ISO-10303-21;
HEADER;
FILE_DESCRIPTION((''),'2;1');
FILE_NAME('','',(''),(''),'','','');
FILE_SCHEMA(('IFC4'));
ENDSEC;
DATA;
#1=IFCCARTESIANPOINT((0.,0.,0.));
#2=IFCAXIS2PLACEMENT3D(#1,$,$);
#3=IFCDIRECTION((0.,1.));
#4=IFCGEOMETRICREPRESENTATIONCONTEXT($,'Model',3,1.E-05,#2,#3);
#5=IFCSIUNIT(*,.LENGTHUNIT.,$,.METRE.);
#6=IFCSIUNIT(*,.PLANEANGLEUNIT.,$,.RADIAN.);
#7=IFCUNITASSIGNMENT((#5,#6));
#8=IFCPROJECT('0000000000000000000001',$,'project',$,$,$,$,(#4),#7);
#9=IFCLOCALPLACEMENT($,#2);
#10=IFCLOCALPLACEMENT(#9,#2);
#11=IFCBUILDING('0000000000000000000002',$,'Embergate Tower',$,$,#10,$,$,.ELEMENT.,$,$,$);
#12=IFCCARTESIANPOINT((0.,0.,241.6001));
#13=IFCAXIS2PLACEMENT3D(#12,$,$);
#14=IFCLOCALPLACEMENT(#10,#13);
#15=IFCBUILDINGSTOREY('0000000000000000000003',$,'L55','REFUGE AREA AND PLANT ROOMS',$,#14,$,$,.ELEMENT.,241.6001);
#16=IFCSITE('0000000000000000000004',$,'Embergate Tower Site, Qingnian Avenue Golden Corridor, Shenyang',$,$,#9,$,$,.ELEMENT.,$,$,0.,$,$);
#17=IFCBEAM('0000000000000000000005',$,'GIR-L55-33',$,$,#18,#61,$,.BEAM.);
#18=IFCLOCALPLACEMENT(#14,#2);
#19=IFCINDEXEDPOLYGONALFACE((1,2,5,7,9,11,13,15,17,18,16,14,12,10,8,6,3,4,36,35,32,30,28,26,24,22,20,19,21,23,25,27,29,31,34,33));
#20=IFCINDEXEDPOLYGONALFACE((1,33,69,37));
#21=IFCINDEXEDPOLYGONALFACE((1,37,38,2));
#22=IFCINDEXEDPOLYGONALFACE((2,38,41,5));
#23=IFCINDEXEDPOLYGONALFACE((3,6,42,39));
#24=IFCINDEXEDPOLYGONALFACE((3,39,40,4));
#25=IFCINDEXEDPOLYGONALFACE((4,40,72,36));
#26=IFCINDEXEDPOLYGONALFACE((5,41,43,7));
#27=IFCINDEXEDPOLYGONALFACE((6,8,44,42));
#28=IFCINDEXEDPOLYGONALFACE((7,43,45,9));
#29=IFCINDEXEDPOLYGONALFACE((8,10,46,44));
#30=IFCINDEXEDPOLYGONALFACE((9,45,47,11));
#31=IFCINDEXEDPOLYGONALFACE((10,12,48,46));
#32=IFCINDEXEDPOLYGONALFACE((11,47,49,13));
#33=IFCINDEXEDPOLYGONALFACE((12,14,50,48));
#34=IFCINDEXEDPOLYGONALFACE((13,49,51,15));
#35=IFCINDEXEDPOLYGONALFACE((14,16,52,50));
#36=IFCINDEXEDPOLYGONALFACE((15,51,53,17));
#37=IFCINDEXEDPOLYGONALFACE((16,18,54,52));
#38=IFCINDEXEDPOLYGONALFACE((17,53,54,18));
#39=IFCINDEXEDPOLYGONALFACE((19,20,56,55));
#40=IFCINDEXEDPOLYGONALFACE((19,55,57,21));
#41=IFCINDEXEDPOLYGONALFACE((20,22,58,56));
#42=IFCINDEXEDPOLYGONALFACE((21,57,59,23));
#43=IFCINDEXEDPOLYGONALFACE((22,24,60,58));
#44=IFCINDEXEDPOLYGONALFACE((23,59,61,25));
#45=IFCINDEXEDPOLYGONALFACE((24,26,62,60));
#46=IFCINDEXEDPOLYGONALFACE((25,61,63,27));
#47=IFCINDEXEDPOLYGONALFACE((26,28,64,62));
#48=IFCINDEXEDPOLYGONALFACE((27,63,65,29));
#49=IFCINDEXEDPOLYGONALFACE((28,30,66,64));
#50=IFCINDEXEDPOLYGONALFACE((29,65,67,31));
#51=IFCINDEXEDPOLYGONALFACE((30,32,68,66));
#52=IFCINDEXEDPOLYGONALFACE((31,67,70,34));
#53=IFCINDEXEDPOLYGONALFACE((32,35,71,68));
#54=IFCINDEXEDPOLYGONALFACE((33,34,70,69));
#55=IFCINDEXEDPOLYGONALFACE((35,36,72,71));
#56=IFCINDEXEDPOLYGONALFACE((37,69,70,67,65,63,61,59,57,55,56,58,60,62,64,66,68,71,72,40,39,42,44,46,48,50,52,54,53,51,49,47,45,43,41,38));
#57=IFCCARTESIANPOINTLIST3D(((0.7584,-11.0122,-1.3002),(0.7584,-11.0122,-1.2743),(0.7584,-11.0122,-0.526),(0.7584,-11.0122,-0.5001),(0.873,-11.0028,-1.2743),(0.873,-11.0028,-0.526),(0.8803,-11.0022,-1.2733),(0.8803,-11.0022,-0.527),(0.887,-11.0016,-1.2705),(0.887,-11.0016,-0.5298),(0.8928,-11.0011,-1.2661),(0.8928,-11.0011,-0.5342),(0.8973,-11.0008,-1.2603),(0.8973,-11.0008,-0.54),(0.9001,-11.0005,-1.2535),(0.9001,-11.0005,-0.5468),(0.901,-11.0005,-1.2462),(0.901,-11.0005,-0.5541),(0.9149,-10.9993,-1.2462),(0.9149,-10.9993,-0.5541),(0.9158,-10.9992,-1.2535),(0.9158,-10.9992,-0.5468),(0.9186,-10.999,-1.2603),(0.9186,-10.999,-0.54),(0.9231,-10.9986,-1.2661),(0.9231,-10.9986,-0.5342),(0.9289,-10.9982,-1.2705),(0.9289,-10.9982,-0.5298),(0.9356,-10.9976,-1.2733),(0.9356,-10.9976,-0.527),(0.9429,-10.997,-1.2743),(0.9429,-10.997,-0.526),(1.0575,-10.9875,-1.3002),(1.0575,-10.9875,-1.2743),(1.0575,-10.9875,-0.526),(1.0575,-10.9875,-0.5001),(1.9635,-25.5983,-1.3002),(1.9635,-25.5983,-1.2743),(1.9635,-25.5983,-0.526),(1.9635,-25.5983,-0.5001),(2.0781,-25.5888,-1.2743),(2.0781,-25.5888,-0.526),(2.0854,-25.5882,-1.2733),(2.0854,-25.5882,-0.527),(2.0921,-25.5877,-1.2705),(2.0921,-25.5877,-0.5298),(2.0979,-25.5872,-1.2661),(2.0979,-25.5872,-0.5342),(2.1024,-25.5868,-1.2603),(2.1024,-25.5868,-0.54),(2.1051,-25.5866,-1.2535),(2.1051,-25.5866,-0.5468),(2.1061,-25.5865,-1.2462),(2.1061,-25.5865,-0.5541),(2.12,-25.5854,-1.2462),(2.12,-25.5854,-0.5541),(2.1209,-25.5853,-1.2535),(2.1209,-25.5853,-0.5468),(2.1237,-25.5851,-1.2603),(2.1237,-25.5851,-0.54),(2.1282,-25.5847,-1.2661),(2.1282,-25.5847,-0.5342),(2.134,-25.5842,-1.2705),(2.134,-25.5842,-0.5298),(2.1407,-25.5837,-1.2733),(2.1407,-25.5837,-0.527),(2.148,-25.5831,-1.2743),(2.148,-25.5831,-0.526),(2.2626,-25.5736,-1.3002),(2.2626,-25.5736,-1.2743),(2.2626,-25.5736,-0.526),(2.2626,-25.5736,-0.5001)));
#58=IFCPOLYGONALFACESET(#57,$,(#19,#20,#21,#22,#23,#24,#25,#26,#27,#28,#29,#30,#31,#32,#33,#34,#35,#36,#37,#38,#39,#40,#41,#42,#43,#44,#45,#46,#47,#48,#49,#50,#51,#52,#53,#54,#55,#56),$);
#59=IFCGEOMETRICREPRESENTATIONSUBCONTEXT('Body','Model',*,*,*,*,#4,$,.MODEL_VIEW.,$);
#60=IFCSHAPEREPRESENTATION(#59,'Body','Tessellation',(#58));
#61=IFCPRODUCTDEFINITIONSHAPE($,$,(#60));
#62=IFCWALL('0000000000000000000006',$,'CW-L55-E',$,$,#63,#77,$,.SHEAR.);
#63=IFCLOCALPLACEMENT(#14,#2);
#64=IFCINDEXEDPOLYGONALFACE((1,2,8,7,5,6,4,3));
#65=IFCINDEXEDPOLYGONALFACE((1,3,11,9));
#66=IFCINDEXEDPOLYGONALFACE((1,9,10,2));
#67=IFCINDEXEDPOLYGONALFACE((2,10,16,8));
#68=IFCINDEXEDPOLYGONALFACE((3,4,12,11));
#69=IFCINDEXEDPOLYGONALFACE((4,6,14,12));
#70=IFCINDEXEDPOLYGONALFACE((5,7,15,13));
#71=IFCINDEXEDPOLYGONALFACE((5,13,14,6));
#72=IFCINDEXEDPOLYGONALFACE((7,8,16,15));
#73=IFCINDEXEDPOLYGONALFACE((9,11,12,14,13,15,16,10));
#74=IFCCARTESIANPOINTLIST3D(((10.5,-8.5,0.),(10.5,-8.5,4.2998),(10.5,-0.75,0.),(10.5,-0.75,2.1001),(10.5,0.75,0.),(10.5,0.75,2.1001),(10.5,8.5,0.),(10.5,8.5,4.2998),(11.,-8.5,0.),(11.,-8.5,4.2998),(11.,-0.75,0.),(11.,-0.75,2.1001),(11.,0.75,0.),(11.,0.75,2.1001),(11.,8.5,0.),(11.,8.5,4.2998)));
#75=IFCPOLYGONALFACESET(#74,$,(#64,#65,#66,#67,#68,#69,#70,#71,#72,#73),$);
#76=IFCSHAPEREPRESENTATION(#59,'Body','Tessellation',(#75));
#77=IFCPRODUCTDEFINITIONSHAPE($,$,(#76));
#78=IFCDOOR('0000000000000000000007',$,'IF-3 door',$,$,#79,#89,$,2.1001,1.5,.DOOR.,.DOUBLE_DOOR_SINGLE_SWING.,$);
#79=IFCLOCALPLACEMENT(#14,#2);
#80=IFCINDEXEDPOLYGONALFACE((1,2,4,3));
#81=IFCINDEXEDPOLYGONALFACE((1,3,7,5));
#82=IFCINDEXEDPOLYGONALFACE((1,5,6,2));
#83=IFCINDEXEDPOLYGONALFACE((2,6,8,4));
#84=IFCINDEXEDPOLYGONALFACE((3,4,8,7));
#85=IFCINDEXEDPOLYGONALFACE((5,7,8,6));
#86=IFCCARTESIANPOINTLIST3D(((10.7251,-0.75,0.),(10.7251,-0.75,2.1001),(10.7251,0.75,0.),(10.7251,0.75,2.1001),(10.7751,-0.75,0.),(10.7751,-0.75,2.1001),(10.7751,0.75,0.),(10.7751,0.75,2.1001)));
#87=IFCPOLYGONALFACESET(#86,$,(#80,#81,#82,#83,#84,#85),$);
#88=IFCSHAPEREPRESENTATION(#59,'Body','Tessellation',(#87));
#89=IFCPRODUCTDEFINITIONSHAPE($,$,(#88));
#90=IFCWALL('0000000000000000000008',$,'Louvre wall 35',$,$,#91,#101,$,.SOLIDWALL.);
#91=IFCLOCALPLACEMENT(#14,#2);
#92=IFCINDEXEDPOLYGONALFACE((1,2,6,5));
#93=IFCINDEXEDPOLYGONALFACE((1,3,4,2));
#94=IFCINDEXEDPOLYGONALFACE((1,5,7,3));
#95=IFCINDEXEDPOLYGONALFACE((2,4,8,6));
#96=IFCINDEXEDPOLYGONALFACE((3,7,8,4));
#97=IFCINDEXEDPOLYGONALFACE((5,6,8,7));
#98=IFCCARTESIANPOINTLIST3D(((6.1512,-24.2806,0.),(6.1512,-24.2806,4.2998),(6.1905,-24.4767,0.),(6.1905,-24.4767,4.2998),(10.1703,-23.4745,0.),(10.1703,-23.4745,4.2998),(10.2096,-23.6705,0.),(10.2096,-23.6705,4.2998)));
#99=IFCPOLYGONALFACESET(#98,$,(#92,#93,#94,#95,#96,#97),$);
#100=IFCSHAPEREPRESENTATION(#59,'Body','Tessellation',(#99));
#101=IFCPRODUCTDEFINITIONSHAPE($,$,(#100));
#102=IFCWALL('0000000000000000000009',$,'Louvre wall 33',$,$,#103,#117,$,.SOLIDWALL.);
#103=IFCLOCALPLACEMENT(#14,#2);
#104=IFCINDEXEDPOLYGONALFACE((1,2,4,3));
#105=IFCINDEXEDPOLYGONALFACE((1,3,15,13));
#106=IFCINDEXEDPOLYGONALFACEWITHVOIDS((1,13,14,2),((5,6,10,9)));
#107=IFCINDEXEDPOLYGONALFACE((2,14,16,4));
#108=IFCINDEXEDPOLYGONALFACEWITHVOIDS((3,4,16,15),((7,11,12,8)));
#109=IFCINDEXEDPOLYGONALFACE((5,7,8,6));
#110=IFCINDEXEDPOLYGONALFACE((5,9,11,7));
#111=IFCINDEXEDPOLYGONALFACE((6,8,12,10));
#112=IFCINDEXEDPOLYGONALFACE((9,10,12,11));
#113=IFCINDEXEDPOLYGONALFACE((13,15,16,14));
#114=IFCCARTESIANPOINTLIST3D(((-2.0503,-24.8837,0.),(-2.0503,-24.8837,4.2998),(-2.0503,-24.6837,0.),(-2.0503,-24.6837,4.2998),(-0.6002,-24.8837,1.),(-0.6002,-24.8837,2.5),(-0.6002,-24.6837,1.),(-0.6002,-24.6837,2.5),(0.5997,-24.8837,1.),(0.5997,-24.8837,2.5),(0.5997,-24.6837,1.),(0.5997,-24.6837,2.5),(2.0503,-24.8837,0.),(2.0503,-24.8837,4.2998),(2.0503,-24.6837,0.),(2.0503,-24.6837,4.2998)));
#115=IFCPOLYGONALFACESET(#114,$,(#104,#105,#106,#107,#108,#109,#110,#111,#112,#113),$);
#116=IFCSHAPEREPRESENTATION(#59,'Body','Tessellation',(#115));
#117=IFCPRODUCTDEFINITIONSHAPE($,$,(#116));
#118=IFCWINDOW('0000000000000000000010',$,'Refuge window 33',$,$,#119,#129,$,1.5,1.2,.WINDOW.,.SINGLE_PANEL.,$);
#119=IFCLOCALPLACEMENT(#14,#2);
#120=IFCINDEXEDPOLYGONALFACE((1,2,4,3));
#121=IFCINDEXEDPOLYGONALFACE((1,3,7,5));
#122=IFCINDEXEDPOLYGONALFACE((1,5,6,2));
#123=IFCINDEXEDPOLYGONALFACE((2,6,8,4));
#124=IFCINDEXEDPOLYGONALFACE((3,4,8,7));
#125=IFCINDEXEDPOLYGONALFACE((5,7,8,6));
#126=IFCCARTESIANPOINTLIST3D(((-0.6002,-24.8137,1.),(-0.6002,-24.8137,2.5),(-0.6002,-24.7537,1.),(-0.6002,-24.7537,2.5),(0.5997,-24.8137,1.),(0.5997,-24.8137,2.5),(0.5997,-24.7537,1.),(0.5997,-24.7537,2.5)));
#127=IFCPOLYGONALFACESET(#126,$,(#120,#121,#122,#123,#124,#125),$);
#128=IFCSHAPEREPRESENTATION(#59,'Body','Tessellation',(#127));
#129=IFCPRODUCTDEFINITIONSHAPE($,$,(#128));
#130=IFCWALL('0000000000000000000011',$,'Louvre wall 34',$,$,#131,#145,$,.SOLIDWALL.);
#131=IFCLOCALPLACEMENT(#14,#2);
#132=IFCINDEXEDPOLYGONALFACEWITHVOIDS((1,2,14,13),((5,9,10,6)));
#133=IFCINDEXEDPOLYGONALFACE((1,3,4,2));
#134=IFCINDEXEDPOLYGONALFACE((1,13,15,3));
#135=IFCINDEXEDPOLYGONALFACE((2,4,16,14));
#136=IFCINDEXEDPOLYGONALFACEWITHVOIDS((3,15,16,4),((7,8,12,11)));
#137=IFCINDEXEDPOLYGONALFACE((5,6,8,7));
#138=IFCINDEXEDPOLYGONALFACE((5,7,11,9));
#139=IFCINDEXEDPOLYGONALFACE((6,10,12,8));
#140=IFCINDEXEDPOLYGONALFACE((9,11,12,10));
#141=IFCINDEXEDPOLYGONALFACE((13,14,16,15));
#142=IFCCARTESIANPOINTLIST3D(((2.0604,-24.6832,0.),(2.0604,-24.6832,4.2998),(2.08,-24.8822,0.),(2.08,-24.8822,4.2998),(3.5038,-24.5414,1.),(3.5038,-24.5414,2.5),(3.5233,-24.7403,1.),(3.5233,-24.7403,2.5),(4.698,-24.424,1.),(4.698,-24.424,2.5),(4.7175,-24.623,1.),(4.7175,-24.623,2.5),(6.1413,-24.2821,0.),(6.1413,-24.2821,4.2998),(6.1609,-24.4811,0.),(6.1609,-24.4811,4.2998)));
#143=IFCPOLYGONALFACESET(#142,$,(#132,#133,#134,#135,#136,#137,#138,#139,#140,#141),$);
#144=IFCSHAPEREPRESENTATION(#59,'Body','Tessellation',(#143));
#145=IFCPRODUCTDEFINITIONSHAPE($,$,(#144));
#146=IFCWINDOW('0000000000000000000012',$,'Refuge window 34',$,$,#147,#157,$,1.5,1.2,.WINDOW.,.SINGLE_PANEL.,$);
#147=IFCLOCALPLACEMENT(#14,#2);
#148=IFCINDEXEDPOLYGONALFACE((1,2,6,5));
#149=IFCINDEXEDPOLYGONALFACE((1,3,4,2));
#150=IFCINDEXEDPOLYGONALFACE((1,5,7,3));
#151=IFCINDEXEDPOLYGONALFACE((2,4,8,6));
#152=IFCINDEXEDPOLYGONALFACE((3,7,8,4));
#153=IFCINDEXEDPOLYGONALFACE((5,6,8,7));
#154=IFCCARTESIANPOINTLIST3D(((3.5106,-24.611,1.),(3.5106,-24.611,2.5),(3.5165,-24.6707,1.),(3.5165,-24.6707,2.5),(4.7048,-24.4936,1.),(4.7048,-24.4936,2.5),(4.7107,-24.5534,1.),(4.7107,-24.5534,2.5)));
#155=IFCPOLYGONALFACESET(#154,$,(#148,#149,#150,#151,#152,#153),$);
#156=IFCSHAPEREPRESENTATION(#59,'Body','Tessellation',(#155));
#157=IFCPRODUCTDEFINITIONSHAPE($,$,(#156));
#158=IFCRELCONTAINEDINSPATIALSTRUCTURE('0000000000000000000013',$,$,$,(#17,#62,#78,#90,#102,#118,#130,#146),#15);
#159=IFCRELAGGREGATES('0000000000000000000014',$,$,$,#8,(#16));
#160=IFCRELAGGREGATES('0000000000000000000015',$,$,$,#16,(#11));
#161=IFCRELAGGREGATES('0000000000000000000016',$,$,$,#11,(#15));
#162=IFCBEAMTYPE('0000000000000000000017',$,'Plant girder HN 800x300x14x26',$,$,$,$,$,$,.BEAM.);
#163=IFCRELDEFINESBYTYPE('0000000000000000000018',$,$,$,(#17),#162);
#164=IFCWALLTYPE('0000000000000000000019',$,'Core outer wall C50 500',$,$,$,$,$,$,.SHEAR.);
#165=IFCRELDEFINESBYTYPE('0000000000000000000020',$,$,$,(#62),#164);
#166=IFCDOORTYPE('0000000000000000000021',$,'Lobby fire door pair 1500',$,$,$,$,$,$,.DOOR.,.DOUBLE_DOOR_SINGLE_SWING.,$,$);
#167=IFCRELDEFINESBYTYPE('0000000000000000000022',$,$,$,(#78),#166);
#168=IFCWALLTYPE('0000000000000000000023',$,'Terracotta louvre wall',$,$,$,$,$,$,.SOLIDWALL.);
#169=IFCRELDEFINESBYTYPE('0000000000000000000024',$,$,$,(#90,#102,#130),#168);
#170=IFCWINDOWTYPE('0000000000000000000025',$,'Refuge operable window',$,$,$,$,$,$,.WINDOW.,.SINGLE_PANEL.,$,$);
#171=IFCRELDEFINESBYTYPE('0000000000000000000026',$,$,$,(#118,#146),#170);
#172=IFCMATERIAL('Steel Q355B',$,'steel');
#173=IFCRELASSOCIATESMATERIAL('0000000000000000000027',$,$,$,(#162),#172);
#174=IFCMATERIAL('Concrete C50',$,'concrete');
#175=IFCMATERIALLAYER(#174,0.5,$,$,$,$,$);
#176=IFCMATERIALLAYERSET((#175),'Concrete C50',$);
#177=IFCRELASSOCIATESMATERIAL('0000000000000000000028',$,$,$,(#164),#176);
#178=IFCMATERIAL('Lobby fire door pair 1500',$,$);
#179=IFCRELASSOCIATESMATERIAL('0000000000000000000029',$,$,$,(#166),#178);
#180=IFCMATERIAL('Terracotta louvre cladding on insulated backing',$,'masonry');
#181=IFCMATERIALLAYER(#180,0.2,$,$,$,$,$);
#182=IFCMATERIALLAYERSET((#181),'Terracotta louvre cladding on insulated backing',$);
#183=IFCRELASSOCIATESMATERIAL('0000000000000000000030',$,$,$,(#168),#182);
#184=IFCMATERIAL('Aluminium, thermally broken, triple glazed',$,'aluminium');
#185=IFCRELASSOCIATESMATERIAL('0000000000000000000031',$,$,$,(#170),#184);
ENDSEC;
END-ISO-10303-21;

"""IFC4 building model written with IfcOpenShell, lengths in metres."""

from ifc_helpers import new_model, si_unit, direction, frame, frame_2d, origin, origin_2d, place, context, subcontext, project, spatial, rectangle, i_section, extrude, source, transform, mapped, material, layer, layer_set, material_profile, profile_set, type_object, element, fill, save


model = new_model("IFC4")

# Units and contexts
model_context = context("Model", 3, precision=1e-05, world=origin(), true_north=direction((0.0, 1.0)))
body_context = subcontext(model_context, "Body", "Model", "MODEL_VIEW")
ifc_project = project(units=[si_unit("LENGTHUNIT", "METRE"), si_unit("PLANEANGLEUNIT", "RADIAN")], contexts=[model_context])

# Site, building, storey
site_placement = place(None, origin())
site = spatial("IfcSite", under=ifc_project, at=site_placement, Name="Embergate Tower Site, Qingnian Avenue Golden Corridor, Shenyang", CompositionType="ELEMENT", RefElevation=0.0)
building_placement = place(site_placement, origin())
building = spatial("IfcBuilding", under=site, at=building_placement, Name="Embergate Tower", CompositionType="ELEMENT")
storey_placement = place(building_placement, frame((0.0, 0.0, 241.6001)))
storey = spatial("IfcBuildingStorey", under=building, at=storey_placement, Name="L55", Description="REFUGE AREA AND PLANT ROOMS", CompositionType="ELEMENT", Elevation=241.6001)

# Beam
ifc_material_1 = material(Name="Steel Q355B", Category="steel")
ifc_material_profile_1 = material_profile(ifc_material_1, i_section(OverallWidth=0.3, OverallDepth=0.8, WebThickness=0.0139, FlangeThickness=0.0259, FilletRadius=0.0281, at=origin_2d()), Name="HN 800x300x14x26")
ifc_profile_set_1 = profile_set([ifc_material_profile_1], Name="Steel Q355 grade B")
beam_type_1 = type_object("IfcBeamType", Name="Plant girder HN 800x300x14x26", PredefinedType="BEAM", material=ifc_profile_set_1)
shared_shape_1 = source(origin(), body_context, "Body", "SweptSolid", [
    extrude(i_section(OverallWidth=0.3, OverallDepth=0.8, WebThickness=0.0139, FlangeThickness=0.0259, FilletRadius=0.0281, at=origin_2d()), origin(), (0.0, 0.0, 1.0), 14.6357),
])
beam_1_placement = place(storey_placement, frame((2.113, -25.5859, -0.9001), z_axis=(-0.082339, 0.996604, 0.0), x_axis=(-0.996604, -0.082339, 0.0)))
element("IfcBeam", 1, at=beam_1_placement, inside=storey, type_object=beam_type_1, Name="GIR-L55-33", PredefinedType="BEAM", context=body_context, shape_type="MappedRepresentation", body=[
    mapped(shared_shape_1, transform((0.0, 0.0, 0.0))),
])

# Wall, opening, door
ifc_material_2 = material(Name="Concrete C50", Category="concrete")
ifc_layer_1 = layer(ifc_material_2, 0.5)
ifc_layer_set_1 = layer_set([ifc_layer_1], Name="Concrete C50")
wall_type_1 = type_object("IfcWallType", Name="Core outer wall C50 500", PredefinedType="SHEAR", material=ifc_layer_set_1)
shared_shape_2 = source(origin(), body_context, "Body", "SweptSolid", [
    extrude(rectangle(XDim=17.0, YDim=0.5, at=frame_2d((8.5, 0.0))), origin(), (0.0, 0.0, 1.0), 4.2998),
])
wall_1_placement = place(storey_placement, frame((10.75, -8.5, 0.0), z_axis=(0.0, 0.0, 1.0), x_axis=(0.0, 1.0, 0.0)))
wall_1 = element("IfcWall", 2, at=wall_1_placement, inside=storey, type_object=wall_type_1, Name="CW-L55-E", PredefinedType="SHEAR", context=body_context, shape_type="MappedRepresentation", body=[
    mapped(shared_shape_2, transform((0.0, 0.0, 0.0))),
])
shared_shape_3 = source(origin(), body_context, "Body", "SweptSolid", [
    extrude(rectangle(XDim=1.5, YDim=2.1001, at=frame_2d((0.75, 1.05))), frame((0.0, 0.26, 0.0), z_axis=(0.0, -1.0, 0.0), x_axis=(1.0, 0.0, 0.0)), (0.0, 0.0, 1.0), 0.52),
])
opening_1_placement = place(wall_1_placement, frame((7.75, 0.0, 0.0)))
opening_1 = element("IfcOpeningElement", 3, at=opening_1_placement, cuts=wall_1, PredefinedType="OPENING", context=body_context, shape_type="MappedRepresentation", body=[
    mapped(shared_shape_3, transform((0.0, 0.0, 0.0))),
])
ifc_material_3 = material(Name="Lobby fire door pair 1500")
door_type_1 = type_object("IfcDoorType", Name="Lobby fire door pair 1500", OperationType="DOUBLE_DOOR_SINGLE_SWING", PredefinedType="DOOR", material=ifc_material_3)
shared_shape_4 = source(origin(), body_context, "Body", "SweptSolid", [
    extrude(rectangle(XDim=1.5, YDim=2.1001, at=frame_2d((0.75, 1.05))), frame((0.0, 0.0249, 0.0), z_axis=(0.0, -1.0, 0.0), x_axis=(1.0, 0.0, 0.0)), (0.0, 0.0, 1.0), 0.05),
])
door_1_placement = place(opening_1_placement, origin())
door_1 = element("IfcDoor", 4, at=door_1_placement, inside=storey, type_object=door_type_1, Name="IF-3 door", OperationType="DOUBLE_DOOR_SINGLE_SWING", OverallHeight=2.1001, OverallWidth=1.5, PredefinedType="DOOR", context=body_context, shape_type="MappedRepresentation", body=[
    mapped(shared_shape_4, transform((0.0, 0.0, 0.0))),
])
fill(opening_1, door_1)

# Wall
ifc_material_4 = material(Name="Terracotta louvre cladding on insulated backing", Category="masonry")
ifc_layer_2 = layer(ifc_material_4, 0.2)
ifc_layer_set_2 = layer_set([ifc_layer_2], Name="Terracotta louvre cladding on insulated backing")
wall_type_2 = type_object("IfcWallType", Name="Terracotta louvre wall", PredefinedType="SOLIDWALL", material=ifc_layer_set_2)
shared_shape_5 = source(origin(), body_context, "Body", "SweptSolid", [
    extrude(rectangle(XDim=4.0991, YDim=0.2, at=frame_2d((2.0496, 0.0))), origin(), (0.0, 0.0, 1.0), 4.2998),
])
wall_2_placement = place(storey_placement, frame((10.1899, -23.5725, 0.0), z_axis=(0.0, 0.0, 1.0), x_axis=(-0.980471, -0.196666, 0.0)))
element("IfcWall", 5, at=wall_2_placement, inside=storey, type_object=wall_type_2, Name="Louvre wall 35", PredefinedType="SOLIDWALL", context=body_context, shape_type="MappedRepresentation", body=[
    mapped(shared_shape_5, transform((0.0, 0.0, 0.0))),
])

# Walls, openings, windows
shared_shape_6 = source(origin(), body_context, "Body", "SweptSolid", [
    extrude(rectangle(XDim=4.1006, YDim=0.2, at=frame_2d((2.0503, 0.0))), origin(), (0.0, 0.0, 1.0), 4.2998),
])
wall_3_placement = place(storey_placement, frame((2.0503, -24.7837, 0.0), z_axis=(0.0, 0.0, 1.0), x_axis=(-1.0, 0.0, 0.0)))
wall_3 = element("IfcWall", 6, at=wall_3_placement, inside=storey, type_object=wall_type_2, Name="Louvre wall 33", PredefinedType="SOLIDWALL", context=body_context, shape_type="MappedRepresentation", body=[
    mapped(shared_shape_6, transform((0.0, 0.0, 0.0))),
])
shared_shape_7 = source(origin(), body_context, "Body", "SweptSolid", [
    extrude(rectangle(XDim=1.2, YDim=1.5, at=frame_2d((0.6001, 0.75))), frame((0.0, 0.1099, 0.0), z_axis=(0.0, -1.0, 0.0), x_axis=(1.0, 0.0, 0.0)), (0.0, 0.0, 1.0), 0.22),
])
opening_2_placement = place(wall_3_placement, frame((1.4504, 0.0, 1.0)))
opening_2 = element("IfcOpeningElement", 7, at=opening_2_placement, cuts=wall_3, PredefinedType="OPENING", context=body_context, shape_type="MappedRepresentation", body=[
    mapped(shared_shape_7, transform((0.0, 0.0, 0.0))),
])
ifc_material_5 = material(Name="Aluminium, thermally broken, triple glazed", Category="aluminium")
window_type = type_object("IfcWindowType", Name="Refuge operable window", PartitioningType="SINGLE_PANEL", PredefinedType="WINDOW", material=ifc_material_5)
shared_shape_8 = source(origin(), body_context, "Body", "SweptSolid", [
    extrude(rectangle(XDim=1.2, YDim=1.5, at=frame_2d((0.6001, 0.75))), frame((0.0, 0.03, 0.0), z_axis=(0.0, -1.0, 0.0), x_axis=(1.0, 0.0, 0.0)), (0.0, 0.0, 1.0), 0.0601),
])
window_1_placement = place(opening_2_placement, origin())
window_1 = element("IfcWindow", 8, at=window_1_placement, inside=storey, type_object=window_type, Name="Refuge window 33", OverallHeight=1.5, OverallWidth=1.2, PartitioningType="SINGLE_PANEL", PredefinedType="WINDOW", context=body_context, shape_type="MappedRepresentation", body=[
    mapped(shared_shape_8, transform((0.0, 0.0, 0.0))),
])
fill(opening_2, window_1)
wall_4_placement = place(storey_placement, frame((6.1511, -24.3816, 0.0), z_axis=(0.0, 0.0, 1.0), x_axis=(-0.995204, -0.097824, 0.0)))
wall_4 = element("IfcWall", 9, at=wall_4_placement, inside=storey, type_object=wall_type_2, Name="Louvre wall 34", PredefinedType="SOLIDWALL", context=body_context, shape_type="MappedRepresentation", body=[
    mapped(shared_shape_6, transform((0.0, 0.0, 0.0))),
])
opening_3_placement = place(wall_4_placement, frame((1.4502, 0.0, 1.0)))
opening_3 = element("IfcOpeningElement", 10, at=opening_3_placement, cuts=wall_4, PredefinedType="OPENING", context=body_context, shape_type="MappedRepresentation", body=[
    mapped(shared_shape_7, transform((0.0, 0.0, 0.0))),
])
window_2_placement = place(opening_3_placement, origin())
window_2 = element("IfcWindow", 11, at=window_2_placement, inside=storey, type_object=window_type, Name="Refuge window 34", OverallHeight=1.5, OverallWidth=1.2, PartitioningType="SINGLE_PANEL", PredefinedType="WINDOW", context=body_context, shape_type="MappedRepresentation", body=[
    mapped(shared_shape_8, transform((0.0, 0.0, 0.0))),
])
fill(opening_3, window_2)

save(model, "model.ifc")
